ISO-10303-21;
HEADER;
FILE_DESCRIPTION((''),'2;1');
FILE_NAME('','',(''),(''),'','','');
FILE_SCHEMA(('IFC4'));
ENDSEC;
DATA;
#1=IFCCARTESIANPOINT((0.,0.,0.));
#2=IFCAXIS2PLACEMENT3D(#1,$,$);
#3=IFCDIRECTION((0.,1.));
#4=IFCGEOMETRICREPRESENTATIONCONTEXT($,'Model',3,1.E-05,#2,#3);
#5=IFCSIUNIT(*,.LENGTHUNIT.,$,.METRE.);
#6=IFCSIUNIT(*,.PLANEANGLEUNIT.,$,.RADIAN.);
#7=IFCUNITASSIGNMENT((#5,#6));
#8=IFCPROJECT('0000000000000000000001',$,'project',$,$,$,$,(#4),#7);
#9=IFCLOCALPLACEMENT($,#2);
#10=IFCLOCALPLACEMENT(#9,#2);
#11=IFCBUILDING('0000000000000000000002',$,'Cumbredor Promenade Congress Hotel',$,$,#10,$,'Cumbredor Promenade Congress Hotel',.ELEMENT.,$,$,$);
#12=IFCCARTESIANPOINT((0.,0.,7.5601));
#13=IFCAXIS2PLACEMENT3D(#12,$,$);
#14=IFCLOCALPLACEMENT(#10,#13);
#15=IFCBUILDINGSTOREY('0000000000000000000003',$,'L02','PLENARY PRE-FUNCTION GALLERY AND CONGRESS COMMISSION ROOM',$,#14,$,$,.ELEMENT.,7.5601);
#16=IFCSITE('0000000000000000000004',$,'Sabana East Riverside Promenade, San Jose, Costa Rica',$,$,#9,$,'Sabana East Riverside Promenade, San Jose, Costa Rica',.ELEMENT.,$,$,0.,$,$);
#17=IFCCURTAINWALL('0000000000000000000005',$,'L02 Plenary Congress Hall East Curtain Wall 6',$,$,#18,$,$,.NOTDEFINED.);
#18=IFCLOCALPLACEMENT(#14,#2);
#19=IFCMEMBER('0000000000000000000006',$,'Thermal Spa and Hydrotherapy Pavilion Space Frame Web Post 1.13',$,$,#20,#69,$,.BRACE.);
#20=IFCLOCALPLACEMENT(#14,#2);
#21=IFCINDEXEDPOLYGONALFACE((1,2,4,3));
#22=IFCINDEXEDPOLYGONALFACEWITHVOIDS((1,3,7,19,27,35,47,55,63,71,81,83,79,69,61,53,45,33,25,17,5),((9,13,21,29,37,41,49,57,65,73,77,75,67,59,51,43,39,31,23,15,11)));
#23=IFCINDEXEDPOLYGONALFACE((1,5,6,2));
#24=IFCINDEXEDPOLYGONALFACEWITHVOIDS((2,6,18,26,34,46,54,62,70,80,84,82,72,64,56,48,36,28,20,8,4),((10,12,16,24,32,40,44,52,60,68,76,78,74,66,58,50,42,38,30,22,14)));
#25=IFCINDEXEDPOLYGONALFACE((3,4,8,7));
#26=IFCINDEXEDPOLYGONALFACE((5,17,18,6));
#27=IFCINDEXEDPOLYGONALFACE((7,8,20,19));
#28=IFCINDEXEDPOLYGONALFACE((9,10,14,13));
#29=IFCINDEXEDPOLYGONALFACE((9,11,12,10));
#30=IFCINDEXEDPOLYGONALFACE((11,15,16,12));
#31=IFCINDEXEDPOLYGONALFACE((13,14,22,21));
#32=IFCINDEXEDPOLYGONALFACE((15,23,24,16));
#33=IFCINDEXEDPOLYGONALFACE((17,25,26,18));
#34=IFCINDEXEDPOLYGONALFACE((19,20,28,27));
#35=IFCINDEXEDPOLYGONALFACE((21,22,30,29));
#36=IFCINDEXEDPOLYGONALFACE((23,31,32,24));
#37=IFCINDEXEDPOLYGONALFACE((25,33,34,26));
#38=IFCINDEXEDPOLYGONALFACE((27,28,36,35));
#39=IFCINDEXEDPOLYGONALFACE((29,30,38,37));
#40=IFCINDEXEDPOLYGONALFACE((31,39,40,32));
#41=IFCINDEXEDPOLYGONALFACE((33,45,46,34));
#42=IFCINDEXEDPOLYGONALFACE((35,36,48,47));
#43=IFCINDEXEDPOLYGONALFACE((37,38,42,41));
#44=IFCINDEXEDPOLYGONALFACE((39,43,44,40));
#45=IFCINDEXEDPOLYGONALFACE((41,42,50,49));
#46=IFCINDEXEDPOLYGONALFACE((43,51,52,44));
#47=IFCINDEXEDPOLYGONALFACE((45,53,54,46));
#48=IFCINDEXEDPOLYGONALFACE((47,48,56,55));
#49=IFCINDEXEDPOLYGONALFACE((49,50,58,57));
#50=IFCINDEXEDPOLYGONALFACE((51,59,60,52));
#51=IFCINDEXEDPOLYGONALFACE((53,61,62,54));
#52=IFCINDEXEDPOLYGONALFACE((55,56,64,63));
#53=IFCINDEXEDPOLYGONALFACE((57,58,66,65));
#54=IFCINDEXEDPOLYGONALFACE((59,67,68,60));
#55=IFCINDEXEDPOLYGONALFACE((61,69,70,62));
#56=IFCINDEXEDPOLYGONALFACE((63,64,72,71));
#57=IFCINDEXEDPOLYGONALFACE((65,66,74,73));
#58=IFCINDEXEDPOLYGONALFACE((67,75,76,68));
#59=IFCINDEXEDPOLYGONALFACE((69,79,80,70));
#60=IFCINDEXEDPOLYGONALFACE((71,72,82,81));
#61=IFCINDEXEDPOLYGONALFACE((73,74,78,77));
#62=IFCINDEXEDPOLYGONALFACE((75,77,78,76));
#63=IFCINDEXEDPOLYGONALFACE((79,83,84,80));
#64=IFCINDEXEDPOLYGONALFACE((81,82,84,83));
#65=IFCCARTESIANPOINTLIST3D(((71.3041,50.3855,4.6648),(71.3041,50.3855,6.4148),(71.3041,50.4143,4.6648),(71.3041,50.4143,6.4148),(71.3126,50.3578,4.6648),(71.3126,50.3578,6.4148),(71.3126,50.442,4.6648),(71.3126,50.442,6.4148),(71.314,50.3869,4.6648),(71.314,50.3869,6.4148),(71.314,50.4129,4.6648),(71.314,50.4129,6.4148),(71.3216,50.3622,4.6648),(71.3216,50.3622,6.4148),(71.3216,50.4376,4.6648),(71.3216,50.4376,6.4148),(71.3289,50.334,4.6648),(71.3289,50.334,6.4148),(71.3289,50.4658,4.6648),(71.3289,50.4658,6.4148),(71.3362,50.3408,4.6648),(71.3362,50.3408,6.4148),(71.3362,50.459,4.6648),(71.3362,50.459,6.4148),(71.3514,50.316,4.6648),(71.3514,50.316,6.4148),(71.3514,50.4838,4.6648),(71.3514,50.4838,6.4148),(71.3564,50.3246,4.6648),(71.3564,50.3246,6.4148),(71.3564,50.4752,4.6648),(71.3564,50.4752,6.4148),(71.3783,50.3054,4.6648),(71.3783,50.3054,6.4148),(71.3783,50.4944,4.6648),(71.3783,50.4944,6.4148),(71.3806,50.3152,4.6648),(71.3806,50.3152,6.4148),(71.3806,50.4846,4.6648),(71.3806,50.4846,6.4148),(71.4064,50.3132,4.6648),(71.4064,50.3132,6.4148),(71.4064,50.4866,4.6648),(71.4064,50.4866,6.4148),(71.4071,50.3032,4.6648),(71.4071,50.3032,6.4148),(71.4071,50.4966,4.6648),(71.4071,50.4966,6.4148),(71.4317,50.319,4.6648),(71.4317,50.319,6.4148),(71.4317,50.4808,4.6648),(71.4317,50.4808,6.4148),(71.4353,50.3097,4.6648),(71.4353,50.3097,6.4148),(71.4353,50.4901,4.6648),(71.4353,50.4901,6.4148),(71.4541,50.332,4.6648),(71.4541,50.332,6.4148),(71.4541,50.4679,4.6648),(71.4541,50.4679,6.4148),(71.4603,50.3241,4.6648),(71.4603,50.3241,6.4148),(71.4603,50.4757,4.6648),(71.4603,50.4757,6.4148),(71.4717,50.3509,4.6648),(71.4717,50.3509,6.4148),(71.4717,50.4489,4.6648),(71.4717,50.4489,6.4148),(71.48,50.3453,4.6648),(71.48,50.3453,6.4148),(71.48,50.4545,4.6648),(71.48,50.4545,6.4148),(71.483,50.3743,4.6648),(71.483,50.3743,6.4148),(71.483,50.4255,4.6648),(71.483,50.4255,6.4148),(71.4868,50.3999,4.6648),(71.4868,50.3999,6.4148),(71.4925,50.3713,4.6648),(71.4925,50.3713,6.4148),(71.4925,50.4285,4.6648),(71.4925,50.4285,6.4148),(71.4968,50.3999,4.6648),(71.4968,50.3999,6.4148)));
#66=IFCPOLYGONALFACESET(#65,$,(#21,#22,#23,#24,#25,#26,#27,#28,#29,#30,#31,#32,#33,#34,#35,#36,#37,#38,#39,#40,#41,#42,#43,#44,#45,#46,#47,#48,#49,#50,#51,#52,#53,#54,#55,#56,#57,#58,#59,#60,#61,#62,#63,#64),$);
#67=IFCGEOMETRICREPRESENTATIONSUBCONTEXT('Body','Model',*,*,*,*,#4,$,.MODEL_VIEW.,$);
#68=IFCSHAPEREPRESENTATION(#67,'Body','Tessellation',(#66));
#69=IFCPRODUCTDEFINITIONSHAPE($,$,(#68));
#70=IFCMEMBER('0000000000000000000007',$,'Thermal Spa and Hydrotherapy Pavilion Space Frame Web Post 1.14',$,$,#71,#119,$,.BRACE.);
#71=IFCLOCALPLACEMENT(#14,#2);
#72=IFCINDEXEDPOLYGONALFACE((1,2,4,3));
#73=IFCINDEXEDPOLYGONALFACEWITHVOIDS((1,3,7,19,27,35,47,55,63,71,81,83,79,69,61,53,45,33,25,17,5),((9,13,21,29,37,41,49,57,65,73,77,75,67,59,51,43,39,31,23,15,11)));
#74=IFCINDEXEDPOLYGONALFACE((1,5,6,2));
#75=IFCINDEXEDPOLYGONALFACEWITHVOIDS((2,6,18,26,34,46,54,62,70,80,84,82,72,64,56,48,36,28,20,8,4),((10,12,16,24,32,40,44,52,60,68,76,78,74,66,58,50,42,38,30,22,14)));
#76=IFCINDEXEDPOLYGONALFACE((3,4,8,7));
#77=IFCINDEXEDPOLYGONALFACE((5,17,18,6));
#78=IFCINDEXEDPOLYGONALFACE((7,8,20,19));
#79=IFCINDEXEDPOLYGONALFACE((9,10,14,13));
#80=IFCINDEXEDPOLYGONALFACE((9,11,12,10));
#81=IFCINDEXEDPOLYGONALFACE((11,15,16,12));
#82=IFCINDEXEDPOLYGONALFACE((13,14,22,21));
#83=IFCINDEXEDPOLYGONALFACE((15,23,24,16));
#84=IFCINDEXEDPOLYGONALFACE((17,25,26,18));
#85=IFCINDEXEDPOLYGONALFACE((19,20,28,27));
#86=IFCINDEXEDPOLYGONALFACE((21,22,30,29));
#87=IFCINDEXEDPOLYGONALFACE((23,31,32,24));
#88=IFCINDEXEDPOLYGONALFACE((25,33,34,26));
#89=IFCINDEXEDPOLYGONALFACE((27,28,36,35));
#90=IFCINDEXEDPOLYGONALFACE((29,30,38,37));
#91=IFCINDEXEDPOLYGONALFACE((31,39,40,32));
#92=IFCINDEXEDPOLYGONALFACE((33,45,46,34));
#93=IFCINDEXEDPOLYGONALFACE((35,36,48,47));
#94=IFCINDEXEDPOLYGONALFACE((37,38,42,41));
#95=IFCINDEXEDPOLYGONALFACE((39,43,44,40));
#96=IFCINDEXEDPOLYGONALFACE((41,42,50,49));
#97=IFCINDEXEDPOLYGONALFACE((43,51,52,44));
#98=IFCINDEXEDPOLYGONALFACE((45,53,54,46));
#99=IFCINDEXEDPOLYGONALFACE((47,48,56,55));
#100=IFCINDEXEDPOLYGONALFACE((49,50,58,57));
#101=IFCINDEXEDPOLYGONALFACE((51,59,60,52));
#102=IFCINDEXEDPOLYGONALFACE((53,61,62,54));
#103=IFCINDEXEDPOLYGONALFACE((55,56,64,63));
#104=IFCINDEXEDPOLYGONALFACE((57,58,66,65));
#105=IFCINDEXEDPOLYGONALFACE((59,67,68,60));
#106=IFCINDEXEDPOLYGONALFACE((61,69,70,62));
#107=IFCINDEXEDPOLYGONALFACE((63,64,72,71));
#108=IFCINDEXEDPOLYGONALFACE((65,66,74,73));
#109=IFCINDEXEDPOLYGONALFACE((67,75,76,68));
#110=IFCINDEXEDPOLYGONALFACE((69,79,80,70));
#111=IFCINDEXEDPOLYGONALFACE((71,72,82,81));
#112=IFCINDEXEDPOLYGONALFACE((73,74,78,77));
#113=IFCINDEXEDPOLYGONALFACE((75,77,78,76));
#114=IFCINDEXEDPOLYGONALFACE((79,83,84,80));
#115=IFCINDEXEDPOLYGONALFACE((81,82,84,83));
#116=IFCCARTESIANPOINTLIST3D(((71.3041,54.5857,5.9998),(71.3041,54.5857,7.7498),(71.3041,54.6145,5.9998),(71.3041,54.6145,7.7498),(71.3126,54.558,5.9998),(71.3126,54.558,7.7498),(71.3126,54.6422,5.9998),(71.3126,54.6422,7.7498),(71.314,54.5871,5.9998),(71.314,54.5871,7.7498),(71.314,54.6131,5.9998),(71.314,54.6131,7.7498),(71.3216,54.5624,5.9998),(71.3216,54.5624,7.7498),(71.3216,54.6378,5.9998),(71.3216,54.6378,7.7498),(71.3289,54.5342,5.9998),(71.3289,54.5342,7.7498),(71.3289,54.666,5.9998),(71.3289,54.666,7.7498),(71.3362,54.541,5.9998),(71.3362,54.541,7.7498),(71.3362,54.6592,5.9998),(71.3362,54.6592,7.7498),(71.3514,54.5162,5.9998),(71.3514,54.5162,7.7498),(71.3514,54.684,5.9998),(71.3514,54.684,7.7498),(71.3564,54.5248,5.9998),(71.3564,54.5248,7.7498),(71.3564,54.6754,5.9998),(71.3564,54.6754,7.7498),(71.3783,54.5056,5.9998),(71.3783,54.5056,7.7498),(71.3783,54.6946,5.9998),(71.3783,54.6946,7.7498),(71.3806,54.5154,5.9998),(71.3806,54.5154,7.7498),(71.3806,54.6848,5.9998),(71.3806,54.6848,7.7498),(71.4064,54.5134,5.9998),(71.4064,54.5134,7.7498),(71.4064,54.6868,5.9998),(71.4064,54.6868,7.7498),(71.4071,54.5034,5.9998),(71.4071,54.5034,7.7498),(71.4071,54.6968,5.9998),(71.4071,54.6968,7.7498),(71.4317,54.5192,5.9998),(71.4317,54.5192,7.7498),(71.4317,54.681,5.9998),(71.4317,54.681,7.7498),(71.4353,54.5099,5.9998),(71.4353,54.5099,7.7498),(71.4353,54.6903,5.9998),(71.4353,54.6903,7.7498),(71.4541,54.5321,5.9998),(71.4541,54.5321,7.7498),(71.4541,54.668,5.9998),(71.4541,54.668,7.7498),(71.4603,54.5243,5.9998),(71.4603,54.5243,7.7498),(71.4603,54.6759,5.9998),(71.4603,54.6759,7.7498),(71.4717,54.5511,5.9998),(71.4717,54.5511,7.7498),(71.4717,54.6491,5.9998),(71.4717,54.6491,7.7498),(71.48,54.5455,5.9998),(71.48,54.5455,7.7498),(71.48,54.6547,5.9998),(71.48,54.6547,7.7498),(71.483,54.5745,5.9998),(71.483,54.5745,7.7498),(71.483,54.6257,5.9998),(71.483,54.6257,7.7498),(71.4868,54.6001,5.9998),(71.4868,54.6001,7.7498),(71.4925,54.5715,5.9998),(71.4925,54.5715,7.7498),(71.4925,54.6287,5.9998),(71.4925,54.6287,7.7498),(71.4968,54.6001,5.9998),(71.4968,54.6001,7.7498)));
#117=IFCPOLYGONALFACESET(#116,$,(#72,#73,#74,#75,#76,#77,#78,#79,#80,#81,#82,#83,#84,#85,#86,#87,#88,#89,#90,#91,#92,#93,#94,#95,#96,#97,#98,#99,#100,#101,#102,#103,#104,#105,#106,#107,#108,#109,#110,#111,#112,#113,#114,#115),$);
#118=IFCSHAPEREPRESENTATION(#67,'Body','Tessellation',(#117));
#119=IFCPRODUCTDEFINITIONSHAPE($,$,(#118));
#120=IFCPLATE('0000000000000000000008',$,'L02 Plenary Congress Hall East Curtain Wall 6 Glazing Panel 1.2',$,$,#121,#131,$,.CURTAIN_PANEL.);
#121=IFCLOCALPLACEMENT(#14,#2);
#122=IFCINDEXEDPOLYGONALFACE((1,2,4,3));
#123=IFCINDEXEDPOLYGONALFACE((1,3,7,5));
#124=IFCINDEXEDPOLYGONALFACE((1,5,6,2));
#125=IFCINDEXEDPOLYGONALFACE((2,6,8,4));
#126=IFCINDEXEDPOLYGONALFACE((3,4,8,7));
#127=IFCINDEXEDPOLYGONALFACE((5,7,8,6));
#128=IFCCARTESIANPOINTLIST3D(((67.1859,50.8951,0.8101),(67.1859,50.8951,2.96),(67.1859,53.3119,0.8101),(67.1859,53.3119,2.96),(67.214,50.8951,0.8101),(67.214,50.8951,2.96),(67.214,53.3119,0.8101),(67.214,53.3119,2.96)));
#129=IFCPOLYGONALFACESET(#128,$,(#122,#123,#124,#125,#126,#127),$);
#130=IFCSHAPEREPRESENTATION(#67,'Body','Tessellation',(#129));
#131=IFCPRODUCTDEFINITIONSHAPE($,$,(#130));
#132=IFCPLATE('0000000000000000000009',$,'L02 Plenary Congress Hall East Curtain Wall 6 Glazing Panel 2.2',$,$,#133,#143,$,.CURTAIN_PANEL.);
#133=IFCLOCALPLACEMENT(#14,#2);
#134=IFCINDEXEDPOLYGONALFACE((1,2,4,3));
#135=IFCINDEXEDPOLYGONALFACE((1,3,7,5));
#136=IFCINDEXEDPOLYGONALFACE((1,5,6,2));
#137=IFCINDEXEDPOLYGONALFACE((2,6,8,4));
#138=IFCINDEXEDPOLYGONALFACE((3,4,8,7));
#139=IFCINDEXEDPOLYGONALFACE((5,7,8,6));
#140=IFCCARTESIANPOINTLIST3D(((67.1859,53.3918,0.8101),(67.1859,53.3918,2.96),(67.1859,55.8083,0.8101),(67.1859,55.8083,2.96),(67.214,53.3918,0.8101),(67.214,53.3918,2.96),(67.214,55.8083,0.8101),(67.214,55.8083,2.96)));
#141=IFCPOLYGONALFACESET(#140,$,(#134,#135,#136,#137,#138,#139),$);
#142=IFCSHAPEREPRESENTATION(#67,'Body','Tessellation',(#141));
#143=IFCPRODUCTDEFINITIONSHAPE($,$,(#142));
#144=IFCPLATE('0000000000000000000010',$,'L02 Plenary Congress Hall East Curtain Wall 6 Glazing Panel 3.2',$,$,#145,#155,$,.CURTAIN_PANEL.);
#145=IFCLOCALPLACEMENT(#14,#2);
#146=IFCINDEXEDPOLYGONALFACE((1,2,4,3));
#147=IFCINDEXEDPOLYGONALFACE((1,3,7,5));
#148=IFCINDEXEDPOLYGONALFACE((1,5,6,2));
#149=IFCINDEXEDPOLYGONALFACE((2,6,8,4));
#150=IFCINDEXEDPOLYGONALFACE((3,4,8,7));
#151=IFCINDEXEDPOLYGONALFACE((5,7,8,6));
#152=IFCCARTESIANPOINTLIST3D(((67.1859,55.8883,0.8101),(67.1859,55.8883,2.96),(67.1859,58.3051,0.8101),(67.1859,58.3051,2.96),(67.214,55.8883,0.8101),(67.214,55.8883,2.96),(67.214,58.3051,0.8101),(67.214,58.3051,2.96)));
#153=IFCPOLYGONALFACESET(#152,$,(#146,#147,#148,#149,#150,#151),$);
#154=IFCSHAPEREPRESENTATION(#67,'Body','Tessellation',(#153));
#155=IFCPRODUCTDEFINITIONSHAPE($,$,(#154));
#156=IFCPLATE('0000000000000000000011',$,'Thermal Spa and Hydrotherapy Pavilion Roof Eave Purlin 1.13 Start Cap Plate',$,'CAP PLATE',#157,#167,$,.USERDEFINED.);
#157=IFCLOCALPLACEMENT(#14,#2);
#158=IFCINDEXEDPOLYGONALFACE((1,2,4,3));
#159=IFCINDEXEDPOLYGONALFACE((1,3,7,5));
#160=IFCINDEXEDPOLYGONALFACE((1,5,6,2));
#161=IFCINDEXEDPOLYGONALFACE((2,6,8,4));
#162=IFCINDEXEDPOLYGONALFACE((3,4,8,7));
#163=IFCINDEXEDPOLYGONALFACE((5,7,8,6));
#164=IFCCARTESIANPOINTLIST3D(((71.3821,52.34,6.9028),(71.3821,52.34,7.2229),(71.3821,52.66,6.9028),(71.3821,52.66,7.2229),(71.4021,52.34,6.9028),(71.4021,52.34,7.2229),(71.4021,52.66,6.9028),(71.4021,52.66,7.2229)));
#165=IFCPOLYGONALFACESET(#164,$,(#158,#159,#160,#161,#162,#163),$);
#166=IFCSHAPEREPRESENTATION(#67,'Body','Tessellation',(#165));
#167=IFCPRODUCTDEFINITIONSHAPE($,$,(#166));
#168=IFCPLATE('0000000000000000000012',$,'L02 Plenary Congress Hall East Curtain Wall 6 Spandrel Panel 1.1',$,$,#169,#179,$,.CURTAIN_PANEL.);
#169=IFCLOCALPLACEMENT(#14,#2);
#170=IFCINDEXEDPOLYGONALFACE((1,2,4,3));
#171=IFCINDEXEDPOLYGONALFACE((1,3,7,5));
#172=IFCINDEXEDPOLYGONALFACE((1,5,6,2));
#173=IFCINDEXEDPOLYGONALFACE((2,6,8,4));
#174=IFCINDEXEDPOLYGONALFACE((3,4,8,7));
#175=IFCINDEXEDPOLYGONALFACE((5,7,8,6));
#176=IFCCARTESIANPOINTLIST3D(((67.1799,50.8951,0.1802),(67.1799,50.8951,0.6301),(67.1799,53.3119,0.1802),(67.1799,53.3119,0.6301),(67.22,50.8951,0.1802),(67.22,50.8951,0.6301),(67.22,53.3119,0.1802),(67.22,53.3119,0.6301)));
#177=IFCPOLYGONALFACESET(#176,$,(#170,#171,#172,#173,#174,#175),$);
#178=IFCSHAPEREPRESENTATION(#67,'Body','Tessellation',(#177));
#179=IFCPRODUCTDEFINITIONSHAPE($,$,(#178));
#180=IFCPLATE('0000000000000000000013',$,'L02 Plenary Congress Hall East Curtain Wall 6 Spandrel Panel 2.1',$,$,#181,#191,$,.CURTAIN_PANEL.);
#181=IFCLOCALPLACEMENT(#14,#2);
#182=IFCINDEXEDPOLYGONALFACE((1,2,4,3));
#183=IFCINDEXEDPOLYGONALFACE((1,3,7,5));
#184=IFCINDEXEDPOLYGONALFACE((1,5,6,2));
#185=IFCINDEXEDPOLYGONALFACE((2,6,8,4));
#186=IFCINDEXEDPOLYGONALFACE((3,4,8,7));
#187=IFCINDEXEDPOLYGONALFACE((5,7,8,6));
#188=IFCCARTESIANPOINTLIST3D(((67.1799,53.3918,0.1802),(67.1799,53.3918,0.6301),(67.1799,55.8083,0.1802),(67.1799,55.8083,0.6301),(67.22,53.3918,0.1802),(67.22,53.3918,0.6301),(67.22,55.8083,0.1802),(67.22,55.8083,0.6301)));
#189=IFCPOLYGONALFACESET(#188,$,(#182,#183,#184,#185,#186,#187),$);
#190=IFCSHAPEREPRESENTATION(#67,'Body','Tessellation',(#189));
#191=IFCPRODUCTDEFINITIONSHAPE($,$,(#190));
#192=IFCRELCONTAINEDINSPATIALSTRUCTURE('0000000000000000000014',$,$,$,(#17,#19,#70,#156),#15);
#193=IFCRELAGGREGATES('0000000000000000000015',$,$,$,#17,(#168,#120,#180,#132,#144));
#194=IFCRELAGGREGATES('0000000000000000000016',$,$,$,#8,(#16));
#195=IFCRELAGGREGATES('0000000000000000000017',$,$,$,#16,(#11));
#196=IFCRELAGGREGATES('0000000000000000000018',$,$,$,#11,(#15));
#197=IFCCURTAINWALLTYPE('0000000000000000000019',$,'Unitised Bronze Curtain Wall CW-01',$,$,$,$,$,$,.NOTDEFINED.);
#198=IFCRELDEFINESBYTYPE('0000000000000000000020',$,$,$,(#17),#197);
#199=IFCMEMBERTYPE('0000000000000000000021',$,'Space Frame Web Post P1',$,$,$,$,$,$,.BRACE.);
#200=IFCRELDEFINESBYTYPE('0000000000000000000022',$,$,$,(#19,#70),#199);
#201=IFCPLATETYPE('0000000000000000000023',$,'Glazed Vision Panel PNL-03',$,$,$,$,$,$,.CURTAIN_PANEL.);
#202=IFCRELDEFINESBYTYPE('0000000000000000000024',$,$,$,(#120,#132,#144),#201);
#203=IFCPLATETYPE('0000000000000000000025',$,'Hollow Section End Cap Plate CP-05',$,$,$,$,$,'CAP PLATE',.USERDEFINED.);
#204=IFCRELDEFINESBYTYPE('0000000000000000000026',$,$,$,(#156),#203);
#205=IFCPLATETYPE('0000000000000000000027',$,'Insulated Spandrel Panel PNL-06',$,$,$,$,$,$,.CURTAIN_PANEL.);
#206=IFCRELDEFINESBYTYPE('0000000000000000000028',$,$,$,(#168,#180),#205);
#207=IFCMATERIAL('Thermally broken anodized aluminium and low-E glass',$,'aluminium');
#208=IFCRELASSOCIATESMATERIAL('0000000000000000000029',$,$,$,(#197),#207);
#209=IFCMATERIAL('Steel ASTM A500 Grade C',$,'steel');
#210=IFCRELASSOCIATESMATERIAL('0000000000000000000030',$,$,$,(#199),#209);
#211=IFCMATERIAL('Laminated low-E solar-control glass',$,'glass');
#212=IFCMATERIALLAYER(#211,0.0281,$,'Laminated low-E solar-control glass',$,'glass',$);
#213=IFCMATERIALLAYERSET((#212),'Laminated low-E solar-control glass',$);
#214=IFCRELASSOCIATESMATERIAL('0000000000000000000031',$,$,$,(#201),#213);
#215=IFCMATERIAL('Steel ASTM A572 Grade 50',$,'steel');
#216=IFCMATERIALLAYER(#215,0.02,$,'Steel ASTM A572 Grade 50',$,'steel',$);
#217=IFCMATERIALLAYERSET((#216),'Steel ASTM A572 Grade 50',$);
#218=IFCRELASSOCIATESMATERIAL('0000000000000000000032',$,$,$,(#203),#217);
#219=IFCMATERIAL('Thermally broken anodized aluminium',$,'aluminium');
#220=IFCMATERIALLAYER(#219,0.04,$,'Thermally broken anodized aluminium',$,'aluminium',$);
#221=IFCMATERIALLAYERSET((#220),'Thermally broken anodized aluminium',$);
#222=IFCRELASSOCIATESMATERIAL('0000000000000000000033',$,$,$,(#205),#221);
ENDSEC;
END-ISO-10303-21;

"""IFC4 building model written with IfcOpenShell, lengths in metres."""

from ifc_helpers import new_model, si_unit, direction, frame, origin, origin_2d, place, context, subcontext, project, spatial, rectangle, hollow_circle, extrude, material, layer, layer_set, material_profile, profile_set, type_object, element, aggregate, save


model = new_model("IFC4")

# Units and contexts
model_context = context("Model", 3, precision=1e-05, world=origin(), true_north=direction((0.0, 1.0)))
body_context = subcontext(model_context, "Body", "Model", "MODEL_VIEW")
ifc_project = project(units=[si_unit("LENGTHUNIT", "METRE"), si_unit("PLANEANGLEUNIT", "RADIAN")], contexts=[model_context])

# Site, building, storey
site_placement = place(None, origin())
site = spatial("IfcSite", under=ifc_project, at=site_placement, Name="Sabana East Riverside Promenade, San Jose, Costa Rica", LongName="Sabana East Riverside Promenade, San Jose, Costa Rica", CompositionType="ELEMENT", RefElevation=0.0)
building_placement = place(site_placement, origin())
building = spatial("IfcBuilding", under=site, at=building_placement, Name="Cumbredor Promenade Congress Hotel", LongName="Cumbredor Promenade Congress Hotel", CompositionType="ELEMENT")
storey_placement = place(building_placement, frame((0.0, 0.0, 7.5601)))
storey = spatial("IfcBuildingStorey", under=building, at=storey_placement, Name="L02", Description="PLENARY PRE-FUNCTION GALLERY AND CONGRESS COMMISSION ROOM", CompositionType="ELEMENT", Elevation=7.5601)

# Curtain wall
ifc_material_1 = material(Name="Thermally broken anodized aluminium and low-E glass", Category="aluminium")
curtain_wall_type = type_object("IfcCurtainWallType", Name="Unitised Bronze Curtain Wall CW-01", PredefinedType="NOTDEFINED", material=ifc_material_1)
curtain_wall_placement = place(storey_placement, origin())
curtain_wall = element("IfcCurtainWall", 1, at=curtain_wall_placement, inside=storey, type_object=curtain_wall_type, Name="L02 Plenary Congress Hall East Curtain Wall 6", PredefinedType="NOTDEFINED")
ifc_material_2 = material(Name="Thermally broken anodized aluminium", Category="aluminium")

# Members
ifc_material_3 = material(Name="Steel ASTM A500 Grade C", Category="steel")
ifc_material_profile_1 = material_profile(ifc_material_3, hollow_circle(Radius=0.0969, WallThickness=0.01, at=origin_2d()), Name="CHS 193.7x10")
ifc_profile_set_1 = profile_set([ifc_material_profile_1], Name="Steel ASTM A500 Grade C")
member_type_1 = type_object("IfcMemberType", Name="Space Frame Web Post P1", PredefinedType="BRACE", material=ifc_profile_set_1)
for number, where, z_axis, x_axis, name in (
    (2, (71.3999, 50.3999, 4.6648), (0.0, 0.0, 1.0), (1.0, 0.0, 0.0), "Thermal Spa and Hydrotherapy Pavilion Space Frame Web Post 1.13"),
    (3, (71.3999, 54.6001, 5.9998), (0.0, 0.0, 1.0), (1.0, 0.0, 0.0), "Thermal Spa and Hydrotherapy Pavilion Space Frame Web Post 1.14"),
):
    element("IfcMember", number, at=place(storey_placement, frame(where, z_axis=z_axis, x_axis=x_axis)), inside=storey, type_object=member_type_1, Name=name, PredefinedType="BRACE", context=body_context, shape_type="SweptSolid", body=[
        extrude(hollow_circle(Radius=0.0969, WallThickness=0.01, at=origin_2d()), origin(), (0.0, 0.0, 1.0), 1.75),
    ])

# Plates
ifc_material_4 = material(Name="Laminated low-E solar-control glass", Category="glass")
ifc_layer_1 = layer(ifc_material_4, 0.0281, Name="Laminated low-E solar-control glass", Category="glass")
ifc_layer_set_1 = layer_set([ifc_layer_1], Name="Laminated low-E solar-control glass")
plate_type_1 = type_object("IfcPlateType", Name="Glazed Vision Panel PNL-03", PredefinedType="CURTAIN_PANEL", material=ifc_layer_set_1)
plate_1_placement = place(storey_placement, frame((67.2, 52.1035, 0.8101), z_axis=(0.0, 0.0, 1.0), x_axis=(0.0, 1.0, 0.0)))
plate_1 = element("IfcPlate", 4, at=plate_1_placement, type_object=plate_type_1, Name="L02 Plenary Congress Hall East Curtain Wall 6 Glazing Panel 1.2", PredefinedType="CURTAIN_PANEL", context=body_context, shape_type="SweptSolid", body=[
    extrude(rectangle(XDim=2.4167, YDim=0.0281, at=origin_2d()), origin(), (0.0, 0.0, 1.0), 2.1499),
])
plate_2_placement = place(storey_placement, frame((67.2, 54.6001, 0.8101), z_axis=(0.0, 0.0, 1.0), x_axis=(0.0, 1.0, 0.0)))
plate_2 = element("IfcPlate", 5, at=plate_2_placement, type_object=plate_type_1, Name="L02 Plenary Congress Hall East Curtain Wall 6 Glazing Panel 2.2", PredefinedType="CURTAIN_PANEL", context=body_context, shape_type="SweptSolid", body=[
    extrude(rectangle(XDim=2.4165, YDim=0.0281, at=origin_2d()), origin(), (0.0, 0.0, 1.0), 2.1499),
])
plate_3_placement = place(storey_placement, frame((67.2, 57.0967, 0.8101), z_axis=(0.0, 0.0, 1.0), x_axis=(0.0, 1.0, 0.0)))
plate_3 = element("IfcPlate", 6, at=plate_3_placement, type_object=plate_type_1, Name="L02 Plenary Congress Hall East Curtain Wall 6 Glazing Panel 3.2", PredefinedType="CURTAIN_PANEL", context=body_context, shape_type="SweptSolid", body=[
    extrude(rectangle(XDim=2.4167, YDim=0.0281, at=origin_2d()), origin(), (0.0, 0.0, 1.0), 2.1499),
])
ifc_material_5 = material(Name="Steel ASTM A572 Grade 50", Category="steel")
ifc_layer_2 = layer(ifc_material_5, 0.02, Name="Steel ASTM A572 Grade 50", Category="steel")
ifc_layer_set_2 = layer_set([ifc_layer_2], Name="Steel ASTM A572 Grade 50")
plate_type_2 = type_object("IfcPlateType", Name="Hollow Section End Cap Plate CP-05", ElementType="CAP PLATE", PredefinedType="USERDEFINED", material=ifc_layer_set_2)
plate_4_placement = place(storey_placement, frame((71.3921, 52.5, 6.9028), z_axis=(0.0, 0.0, 1.0), x_axis=(1.0, 0.0, 0.0)))
element("IfcPlate", 7, at=plate_4_placement, inside=storey, type_object=plate_type_2, Name="Thermal Spa and Hydrotherapy Pavilion Roof Eave Purlin 1.13 Start Cap Plate", ObjectType="CAP PLATE", PredefinedType="USERDEFINED", context=body_context, shape_type="SweptSolid", body=[
    extrude(rectangle(XDim=0.02, YDim=0.3201, at=origin_2d()), origin(), (0.0, 0.0, 1.0), 0.3201),
])
ifc_layer_3 = layer(ifc_material_2, 0.04, Name="Thermally broken anodized aluminium", Category="aluminium")
ifc_layer_set_3 = layer_set([ifc_layer_3], Name="Thermally broken anodized aluminium")
plate_type_3 = type_object("IfcPlateType", Name="Insulated Spandrel Panel PNL-06", PredefinedType="CURTAIN_PANEL", material=ifc_layer_set_3)
plate_5_placement = place(storey_placement, frame((67.2, 52.1035, 0.1802), z_axis=(0.0, 0.0, 1.0), x_axis=(0.0, 1.0, 0.0)))
plate_5 = element("IfcPlate", 8, at=plate_5_placement, type_object=plate_type_3, Name="L02 Plenary Congress Hall East Curtain Wall 6 Spandrel Panel 1.1", PredefinedType="CURTAIN_PANEL", context=body_context, shape_type="SweptSolid", body=[
    extrude(rectangle(XDim=2.4167, YDim=0.04, at=origin_2d()), origin(), (0.0, 0.0, 1.0), 0.45),
])
plate_6_placement = place(storey_placement, frame((67.2, 54.6001, 0.1802), z_axis=(0.0, 0.0, 1.0), x_axis=(0.0, 1.0, 0.0)))
plate_6 = element("IfcPlate", 9, at=plate_6_placement, type_object=plate_type_3, Name="L02 Plenary Congress Hall East Curtain Wall 6 Spandrel Panel 2.1", PredefinedType="CURTAIN_PANEL", context=body_context, shape_type="SweptSolid", body=[
    extrude(rectangle(XDim=2.4165, YDim=0.04, at=origin_2d()), origin(), (0.0, 0.0, 1.0), 0.45),
])
aggregate(curtain_wall, [plate_5, plate_1, plate_6, plate_2, plate_3])

save(model, "model.ifc")
